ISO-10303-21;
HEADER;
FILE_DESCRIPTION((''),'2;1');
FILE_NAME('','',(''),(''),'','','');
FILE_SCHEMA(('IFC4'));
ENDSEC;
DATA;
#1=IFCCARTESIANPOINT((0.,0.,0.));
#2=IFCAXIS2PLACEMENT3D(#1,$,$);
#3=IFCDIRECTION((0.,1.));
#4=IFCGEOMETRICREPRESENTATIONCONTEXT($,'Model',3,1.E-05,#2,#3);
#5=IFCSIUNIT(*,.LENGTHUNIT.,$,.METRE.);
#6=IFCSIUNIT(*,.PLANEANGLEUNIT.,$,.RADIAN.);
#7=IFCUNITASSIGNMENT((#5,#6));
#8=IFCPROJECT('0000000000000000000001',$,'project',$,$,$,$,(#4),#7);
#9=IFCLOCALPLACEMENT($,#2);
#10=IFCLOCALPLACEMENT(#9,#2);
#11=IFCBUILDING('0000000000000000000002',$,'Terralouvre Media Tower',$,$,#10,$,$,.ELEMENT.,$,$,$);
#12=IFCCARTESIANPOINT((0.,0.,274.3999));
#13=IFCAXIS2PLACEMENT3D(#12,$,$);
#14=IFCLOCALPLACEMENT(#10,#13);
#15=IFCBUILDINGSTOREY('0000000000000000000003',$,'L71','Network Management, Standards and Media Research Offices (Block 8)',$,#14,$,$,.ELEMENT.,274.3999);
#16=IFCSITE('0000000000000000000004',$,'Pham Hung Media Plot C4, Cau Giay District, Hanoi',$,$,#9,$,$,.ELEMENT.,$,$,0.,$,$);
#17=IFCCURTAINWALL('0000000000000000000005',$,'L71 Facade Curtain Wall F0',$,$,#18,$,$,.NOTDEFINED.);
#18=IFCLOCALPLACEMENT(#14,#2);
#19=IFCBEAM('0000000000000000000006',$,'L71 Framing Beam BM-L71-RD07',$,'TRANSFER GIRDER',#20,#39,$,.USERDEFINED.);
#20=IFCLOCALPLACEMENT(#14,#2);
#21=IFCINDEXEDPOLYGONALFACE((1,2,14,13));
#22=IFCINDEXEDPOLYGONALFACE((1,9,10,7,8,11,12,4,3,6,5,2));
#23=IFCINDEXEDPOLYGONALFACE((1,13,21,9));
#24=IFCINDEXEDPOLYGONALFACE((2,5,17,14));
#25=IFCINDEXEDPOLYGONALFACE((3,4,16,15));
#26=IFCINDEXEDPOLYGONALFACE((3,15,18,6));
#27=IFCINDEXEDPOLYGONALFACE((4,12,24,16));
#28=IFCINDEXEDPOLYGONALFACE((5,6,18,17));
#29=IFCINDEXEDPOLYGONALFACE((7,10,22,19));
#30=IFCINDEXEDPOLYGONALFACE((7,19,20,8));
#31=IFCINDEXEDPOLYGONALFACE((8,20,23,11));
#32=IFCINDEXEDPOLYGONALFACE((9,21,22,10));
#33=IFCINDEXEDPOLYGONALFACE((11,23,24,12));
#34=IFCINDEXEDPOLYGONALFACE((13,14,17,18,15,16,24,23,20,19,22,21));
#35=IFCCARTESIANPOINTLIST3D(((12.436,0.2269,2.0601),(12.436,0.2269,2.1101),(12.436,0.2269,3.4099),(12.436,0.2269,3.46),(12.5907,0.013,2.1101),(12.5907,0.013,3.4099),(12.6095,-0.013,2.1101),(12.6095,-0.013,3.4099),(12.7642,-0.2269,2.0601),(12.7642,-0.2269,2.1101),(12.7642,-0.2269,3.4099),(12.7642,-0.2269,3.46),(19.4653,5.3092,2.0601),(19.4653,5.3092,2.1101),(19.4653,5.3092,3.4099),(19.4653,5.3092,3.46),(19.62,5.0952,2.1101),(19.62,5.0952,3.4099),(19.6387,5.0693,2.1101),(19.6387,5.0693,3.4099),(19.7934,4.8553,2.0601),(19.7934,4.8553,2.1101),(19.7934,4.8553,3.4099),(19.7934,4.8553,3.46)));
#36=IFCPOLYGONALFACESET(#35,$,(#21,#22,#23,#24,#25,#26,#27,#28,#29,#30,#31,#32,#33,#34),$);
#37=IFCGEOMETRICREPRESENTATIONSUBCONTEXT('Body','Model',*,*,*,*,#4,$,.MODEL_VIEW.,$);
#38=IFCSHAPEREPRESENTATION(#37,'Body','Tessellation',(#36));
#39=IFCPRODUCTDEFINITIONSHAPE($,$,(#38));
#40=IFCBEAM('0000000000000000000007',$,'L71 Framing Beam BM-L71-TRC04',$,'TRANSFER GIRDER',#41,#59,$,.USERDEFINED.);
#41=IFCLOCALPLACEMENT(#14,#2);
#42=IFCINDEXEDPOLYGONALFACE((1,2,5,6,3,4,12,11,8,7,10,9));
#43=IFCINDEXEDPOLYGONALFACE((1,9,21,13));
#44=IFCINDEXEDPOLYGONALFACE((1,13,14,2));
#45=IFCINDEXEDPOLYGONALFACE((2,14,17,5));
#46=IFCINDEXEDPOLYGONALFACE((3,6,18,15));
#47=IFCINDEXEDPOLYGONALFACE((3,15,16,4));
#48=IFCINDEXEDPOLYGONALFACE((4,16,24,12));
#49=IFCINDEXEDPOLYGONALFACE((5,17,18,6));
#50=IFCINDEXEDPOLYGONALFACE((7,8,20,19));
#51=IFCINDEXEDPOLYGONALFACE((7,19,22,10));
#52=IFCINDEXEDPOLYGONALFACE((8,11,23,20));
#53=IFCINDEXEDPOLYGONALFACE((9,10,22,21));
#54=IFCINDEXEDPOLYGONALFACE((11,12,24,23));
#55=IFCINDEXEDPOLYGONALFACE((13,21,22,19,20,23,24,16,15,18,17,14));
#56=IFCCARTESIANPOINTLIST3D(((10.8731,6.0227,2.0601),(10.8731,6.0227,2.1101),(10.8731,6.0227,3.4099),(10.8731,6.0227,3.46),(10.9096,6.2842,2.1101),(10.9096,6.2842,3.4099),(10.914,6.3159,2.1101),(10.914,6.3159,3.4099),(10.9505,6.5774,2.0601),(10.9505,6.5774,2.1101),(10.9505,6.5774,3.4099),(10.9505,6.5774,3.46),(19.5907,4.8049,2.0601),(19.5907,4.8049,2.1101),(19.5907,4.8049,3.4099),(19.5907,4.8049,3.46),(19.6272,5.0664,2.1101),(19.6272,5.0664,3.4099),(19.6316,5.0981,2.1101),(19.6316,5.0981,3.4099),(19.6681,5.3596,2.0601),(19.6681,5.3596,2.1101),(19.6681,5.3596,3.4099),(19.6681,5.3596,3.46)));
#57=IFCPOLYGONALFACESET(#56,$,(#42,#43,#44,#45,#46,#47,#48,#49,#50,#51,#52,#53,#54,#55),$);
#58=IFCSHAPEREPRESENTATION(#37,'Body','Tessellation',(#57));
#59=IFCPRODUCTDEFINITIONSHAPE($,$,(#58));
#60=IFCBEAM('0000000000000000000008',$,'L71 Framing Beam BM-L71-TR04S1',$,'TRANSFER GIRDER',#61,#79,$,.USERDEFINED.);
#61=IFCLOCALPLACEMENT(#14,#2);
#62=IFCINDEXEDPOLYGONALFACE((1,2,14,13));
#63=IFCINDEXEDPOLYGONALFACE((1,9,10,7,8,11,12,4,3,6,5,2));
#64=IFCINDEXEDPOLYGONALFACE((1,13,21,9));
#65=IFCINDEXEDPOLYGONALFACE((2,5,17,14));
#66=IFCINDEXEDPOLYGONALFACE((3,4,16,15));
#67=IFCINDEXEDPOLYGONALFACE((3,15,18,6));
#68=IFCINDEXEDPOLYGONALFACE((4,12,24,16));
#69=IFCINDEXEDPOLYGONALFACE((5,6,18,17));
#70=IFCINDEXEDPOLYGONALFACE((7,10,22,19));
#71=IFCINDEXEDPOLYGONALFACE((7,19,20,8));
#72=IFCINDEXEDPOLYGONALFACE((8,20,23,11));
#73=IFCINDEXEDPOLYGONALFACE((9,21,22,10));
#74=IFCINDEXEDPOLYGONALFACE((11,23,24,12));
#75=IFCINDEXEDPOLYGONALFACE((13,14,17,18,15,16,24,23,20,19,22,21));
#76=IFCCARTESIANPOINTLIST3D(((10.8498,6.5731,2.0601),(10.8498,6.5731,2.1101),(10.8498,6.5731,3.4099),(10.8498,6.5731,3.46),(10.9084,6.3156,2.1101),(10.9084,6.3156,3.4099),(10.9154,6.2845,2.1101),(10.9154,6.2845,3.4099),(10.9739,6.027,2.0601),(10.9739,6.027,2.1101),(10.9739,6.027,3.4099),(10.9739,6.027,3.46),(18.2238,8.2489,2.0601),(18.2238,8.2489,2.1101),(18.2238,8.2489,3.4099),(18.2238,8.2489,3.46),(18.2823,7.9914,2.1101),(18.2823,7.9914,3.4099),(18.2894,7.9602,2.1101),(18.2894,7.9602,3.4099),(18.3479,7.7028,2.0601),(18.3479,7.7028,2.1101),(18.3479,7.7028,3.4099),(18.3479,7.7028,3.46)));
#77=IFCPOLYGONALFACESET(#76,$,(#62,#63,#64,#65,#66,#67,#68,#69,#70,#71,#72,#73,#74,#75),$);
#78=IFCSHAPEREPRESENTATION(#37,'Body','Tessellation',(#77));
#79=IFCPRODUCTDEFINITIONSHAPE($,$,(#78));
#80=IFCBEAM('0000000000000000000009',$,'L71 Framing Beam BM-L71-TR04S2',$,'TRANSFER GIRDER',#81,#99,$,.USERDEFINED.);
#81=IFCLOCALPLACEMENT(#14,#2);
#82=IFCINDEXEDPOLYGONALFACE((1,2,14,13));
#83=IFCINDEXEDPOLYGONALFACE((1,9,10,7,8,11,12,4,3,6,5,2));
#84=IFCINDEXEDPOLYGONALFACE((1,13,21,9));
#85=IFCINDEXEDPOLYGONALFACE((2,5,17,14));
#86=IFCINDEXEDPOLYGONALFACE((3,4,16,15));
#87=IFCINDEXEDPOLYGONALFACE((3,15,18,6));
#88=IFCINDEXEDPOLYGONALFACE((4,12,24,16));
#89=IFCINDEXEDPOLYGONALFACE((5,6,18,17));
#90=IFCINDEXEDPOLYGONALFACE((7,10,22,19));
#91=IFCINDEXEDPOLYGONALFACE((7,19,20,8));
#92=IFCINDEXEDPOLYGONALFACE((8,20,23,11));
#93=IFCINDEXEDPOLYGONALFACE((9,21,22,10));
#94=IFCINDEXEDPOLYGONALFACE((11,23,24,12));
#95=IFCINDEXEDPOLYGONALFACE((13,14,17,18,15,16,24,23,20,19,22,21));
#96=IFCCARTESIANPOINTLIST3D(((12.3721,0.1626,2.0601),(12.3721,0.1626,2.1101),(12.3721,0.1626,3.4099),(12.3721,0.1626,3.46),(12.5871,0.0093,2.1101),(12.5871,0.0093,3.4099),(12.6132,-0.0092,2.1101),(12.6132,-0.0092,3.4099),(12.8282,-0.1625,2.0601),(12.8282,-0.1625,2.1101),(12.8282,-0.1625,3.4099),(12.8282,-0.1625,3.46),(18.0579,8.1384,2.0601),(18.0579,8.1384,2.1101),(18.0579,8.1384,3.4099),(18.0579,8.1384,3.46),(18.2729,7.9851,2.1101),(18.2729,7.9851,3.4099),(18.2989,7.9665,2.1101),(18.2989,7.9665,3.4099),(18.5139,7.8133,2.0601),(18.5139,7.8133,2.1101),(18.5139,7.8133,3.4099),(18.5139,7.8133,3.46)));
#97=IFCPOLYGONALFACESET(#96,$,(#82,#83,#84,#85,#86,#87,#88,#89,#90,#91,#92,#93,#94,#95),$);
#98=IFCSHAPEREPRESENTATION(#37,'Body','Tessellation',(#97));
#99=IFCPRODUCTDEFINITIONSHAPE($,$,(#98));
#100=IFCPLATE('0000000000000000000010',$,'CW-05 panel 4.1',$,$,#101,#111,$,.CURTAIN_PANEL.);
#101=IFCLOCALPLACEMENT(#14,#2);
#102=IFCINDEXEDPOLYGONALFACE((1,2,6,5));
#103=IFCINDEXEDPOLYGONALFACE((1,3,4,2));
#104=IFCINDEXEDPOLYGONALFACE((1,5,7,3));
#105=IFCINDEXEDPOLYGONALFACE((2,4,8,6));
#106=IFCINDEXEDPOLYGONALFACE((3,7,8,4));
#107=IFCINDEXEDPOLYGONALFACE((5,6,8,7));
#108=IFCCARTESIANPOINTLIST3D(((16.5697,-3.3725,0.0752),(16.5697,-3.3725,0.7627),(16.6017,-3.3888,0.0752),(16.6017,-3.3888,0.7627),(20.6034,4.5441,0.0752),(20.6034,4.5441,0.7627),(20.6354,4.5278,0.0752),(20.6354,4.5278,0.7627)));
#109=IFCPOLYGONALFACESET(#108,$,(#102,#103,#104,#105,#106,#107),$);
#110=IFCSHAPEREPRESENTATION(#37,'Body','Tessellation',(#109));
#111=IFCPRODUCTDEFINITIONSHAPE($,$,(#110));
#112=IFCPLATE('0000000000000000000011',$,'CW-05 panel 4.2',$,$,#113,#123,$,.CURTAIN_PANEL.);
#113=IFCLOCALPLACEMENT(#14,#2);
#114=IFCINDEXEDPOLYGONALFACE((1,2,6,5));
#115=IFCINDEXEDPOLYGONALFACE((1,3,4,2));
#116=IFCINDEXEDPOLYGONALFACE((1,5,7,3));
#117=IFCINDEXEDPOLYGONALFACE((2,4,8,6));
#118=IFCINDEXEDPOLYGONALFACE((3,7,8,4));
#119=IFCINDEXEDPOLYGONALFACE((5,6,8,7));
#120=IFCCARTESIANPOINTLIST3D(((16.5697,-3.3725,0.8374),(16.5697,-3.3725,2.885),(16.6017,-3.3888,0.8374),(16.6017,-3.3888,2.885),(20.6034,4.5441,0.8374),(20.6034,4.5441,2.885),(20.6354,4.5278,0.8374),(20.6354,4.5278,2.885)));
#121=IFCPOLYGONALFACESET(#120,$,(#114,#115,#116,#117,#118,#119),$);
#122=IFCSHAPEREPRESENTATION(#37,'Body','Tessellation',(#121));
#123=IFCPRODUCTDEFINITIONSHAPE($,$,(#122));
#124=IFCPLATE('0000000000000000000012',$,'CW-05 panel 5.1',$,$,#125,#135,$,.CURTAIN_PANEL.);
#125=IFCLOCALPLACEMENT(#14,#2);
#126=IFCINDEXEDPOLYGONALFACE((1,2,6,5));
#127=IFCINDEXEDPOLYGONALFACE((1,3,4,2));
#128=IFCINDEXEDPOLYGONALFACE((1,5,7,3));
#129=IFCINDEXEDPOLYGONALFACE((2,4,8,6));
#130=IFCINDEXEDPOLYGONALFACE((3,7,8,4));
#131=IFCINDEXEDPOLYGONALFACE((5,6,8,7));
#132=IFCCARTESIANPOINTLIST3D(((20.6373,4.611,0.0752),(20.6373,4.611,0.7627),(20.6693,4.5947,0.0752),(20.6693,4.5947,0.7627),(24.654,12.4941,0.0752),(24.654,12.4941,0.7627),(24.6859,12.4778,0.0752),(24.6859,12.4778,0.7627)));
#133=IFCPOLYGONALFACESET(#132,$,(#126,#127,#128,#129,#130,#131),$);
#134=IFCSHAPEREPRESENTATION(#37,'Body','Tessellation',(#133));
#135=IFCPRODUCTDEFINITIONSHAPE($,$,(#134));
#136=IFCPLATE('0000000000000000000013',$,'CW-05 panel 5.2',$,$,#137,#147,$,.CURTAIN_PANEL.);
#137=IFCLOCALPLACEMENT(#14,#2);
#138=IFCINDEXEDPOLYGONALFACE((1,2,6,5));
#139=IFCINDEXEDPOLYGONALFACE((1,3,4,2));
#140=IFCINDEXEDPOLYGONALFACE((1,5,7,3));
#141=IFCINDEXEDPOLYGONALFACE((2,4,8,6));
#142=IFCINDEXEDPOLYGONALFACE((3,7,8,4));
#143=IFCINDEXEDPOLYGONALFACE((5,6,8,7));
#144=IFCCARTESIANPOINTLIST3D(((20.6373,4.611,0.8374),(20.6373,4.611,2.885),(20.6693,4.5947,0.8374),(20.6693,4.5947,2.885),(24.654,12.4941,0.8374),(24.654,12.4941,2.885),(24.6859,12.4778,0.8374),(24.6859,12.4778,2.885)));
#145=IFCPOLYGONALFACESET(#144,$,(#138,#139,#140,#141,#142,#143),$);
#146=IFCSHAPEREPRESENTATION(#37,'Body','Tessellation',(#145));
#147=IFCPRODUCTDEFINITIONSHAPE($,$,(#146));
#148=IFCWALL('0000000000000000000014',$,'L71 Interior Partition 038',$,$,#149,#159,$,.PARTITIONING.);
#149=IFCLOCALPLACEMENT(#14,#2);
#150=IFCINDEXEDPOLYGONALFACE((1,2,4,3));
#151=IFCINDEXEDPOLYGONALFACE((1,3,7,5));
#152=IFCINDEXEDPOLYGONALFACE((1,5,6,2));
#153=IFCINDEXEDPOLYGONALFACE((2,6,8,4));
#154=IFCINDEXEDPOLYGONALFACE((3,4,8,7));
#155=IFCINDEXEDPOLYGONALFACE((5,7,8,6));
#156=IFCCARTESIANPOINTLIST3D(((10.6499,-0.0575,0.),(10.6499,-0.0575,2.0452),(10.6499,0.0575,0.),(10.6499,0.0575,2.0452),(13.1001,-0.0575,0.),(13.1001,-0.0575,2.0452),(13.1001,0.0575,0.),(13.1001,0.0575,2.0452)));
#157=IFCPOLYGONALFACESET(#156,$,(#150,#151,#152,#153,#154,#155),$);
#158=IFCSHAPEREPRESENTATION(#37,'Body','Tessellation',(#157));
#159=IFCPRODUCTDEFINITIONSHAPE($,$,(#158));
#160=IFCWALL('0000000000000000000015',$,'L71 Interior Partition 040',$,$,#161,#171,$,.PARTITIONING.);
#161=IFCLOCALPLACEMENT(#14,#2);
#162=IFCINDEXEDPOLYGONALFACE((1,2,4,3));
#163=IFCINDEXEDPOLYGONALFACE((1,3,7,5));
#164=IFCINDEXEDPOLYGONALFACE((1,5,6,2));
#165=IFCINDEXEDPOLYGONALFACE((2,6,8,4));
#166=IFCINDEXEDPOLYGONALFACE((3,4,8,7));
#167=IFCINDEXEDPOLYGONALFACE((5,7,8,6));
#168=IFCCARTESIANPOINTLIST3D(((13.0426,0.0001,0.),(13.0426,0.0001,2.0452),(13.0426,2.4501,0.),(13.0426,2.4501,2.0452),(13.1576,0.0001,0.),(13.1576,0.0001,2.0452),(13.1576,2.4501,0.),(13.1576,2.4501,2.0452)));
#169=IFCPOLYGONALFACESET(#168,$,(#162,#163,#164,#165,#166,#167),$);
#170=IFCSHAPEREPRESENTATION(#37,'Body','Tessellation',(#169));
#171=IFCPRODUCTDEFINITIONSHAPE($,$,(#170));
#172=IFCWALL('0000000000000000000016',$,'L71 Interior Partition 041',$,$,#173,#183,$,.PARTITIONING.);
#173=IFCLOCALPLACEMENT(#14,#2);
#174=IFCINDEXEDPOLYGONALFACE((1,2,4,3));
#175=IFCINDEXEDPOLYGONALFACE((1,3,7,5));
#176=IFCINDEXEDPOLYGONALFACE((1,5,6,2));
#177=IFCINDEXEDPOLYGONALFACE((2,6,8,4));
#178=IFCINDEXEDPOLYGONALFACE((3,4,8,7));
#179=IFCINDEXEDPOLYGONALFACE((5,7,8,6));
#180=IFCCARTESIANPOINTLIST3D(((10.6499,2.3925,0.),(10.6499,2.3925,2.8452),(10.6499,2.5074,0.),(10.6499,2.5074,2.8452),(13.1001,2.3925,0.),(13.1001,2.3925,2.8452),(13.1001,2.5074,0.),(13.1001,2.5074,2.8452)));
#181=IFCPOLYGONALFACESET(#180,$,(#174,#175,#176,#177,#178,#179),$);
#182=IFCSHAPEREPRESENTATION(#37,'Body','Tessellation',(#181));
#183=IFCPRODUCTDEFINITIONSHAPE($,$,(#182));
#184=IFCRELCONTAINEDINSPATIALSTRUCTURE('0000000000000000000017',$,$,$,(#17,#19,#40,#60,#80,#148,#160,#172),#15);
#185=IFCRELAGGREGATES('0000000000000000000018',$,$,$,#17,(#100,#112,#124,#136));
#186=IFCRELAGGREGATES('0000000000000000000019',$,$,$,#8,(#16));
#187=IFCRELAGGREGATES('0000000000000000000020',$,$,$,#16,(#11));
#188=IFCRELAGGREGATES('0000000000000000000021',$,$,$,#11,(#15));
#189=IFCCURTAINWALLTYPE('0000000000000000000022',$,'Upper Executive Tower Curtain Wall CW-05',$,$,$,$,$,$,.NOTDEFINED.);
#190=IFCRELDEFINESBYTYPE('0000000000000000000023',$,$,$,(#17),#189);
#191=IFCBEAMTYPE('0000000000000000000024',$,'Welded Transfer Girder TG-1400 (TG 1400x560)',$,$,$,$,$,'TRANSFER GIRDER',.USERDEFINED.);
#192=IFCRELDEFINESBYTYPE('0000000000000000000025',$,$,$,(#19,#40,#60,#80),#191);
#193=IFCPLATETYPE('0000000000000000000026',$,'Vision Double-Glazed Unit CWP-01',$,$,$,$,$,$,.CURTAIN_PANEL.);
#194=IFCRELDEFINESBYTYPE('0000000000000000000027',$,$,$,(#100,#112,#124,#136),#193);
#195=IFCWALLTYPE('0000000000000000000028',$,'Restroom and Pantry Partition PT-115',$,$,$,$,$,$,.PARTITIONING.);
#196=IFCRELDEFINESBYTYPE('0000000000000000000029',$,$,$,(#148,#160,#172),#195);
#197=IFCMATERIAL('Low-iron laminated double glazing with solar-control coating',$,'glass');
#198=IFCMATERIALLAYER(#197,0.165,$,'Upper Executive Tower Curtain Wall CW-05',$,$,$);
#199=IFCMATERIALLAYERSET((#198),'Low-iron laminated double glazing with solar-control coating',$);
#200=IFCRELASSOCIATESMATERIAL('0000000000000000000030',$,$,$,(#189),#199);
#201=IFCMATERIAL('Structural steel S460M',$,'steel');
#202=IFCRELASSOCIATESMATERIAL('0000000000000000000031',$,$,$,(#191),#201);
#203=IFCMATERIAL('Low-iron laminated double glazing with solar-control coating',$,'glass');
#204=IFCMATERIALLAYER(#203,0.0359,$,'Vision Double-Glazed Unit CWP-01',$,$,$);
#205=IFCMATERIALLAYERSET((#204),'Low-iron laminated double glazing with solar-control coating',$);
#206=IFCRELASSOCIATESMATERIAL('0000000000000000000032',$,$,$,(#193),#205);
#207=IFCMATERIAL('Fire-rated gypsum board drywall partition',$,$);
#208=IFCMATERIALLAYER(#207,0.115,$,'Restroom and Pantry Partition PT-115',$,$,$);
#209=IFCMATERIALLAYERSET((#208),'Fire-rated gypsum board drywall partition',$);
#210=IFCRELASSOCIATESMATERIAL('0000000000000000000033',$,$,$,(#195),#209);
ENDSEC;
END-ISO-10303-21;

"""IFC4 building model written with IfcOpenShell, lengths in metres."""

from ifc_helpers import new_model, si_unit, direction, frame, frame_2d, origin, origin_2d, place, context, subcontext, project, spatial, rectangle, i_section, extrude, material, layer, layer_set, material_profile, profile_set, type_object, element, aggregate, save


model = new_model("IFC4")

# Units and contexts
model_context = context("Model", 3, precision=1e-05, world=origin(), true_north=direction((0.0, 1.0)))
body_context = subcontext(model_context, "Body", "Model", "MODEL_VIEW")
ifc_project = project(units=[si_unit("LENGTHUNIT", "METRE"), si_unit("PLANEANGLEUNIT", "RADIAN")], contexts=[model_context])

# Site, building, storey
site_placement = place(None, origin())
site = spatial("IfcSite", under=ifc_project, at=site_placement, Name="Pham Hung Media Plot C4, Cau Giay District, Hanoi", CompositionType="ELEMENT", RefElevation=0.0)
building_placement = place(site_placement, origin())
building = spatial("IfcBuilding", under=site, at=building_placement, Name="Terralouvre Media Tower", CompositionType="ELEMENT")
storey_placement = place(building_placement, frame((0.0, 0.0, 274.3999)))
storey = spatial("IfcBuildingStorey", under=building, at=storey_placement, Name="L71", Description="Network Management, Standards and Media Research Offices (Block 8)", CompositionType="ELEMENT", Elevation=274.3999)

# Curtain wall
ifc_material_1 = material(Name="Low-iron laminated double glazing with solar-control coating", Category="glass")
ifc_layer_1 = layer(ifc_material_1, 0.165, Name="Upper Executive Tower Curtain Wall CW-05")
ifc_layer_set_1 = layer_set([ifc_layer_1], Name="Low-iron laminated double glazing with solar-control coating")
curtain_wall_type = type_object("IfcCurtainWallType", Name="Upper Executive Tower Curtain Wall CW-05", PredefinedType="NOTDEFINED", material=ifc_layer_set_1)
curtain_wall_placement = place(storey_placement, origin())
curtain_wall = element("IfcCurtainWall", 1, at=curtain_wall_placement, inside=storey, type_object=curtain_wall_type, Name="L71 Facade Curtain Wall F0", PredefinedType="NOTDEFINED")

# Beams
ifc_material_2 = material(Name="Structural steel S460M", Category="steel")
ifc_material_profile_1 = material_profile(ifc_material_2, i_section(OverallWidth=0.5601, OverallDepth=1.3999, WebThickness=0.032, FlangeThickness=0.05, at=origin_2d()), Name="TG 1400x560")
ifc_profile_set_1 = profile_set([ifc_material_profile_1], Name="Structural steel S460M")
beam_type_1 = type_object("IfcBeamType", Name="Welded Transfer Girder TG-1400 (TG 1400x560)", ElementType="TRANSFER GIRDER", PredefinedType="USERDEFINED", material=ifc_profile_set_1)
beam_1_placement = place(storey_placement, frame((12.6001, 0.0, 2.76), z_axis=(0.810375, 0.585912, 0.0), x_axis=(-0.585912, 0.810375, 0.0)))
element("IfcBeam", 2, at=beam_1_placement, inside=storey, type_object=beam_type_1, Name="L71 Framing Beam BM-L71-RD07", ObjectType="TRANSFER GIRDER", PredefinedType="USERDEFINED", context=body_context, shape_type="SweptSolid", body=[
    extrude(i_section(OverallWidth=0.5601, OverallDepth=1.3999, WebThickness=0.032, FlangeThickness=0.05, at=origin_2d()), origin(), (0.0, 0.0, 1.0), 8.6741),
])
beam_2_placement = place(storey_placement, frame((19.6294, 5.0823, 2.76), z_axis=(-0.990384, 0.138349, 0.0), x_axis=(-0.138349, -0.990384, 0.0)))
element("IfcBeam", 3, at=beam_2_placement, inside=storey, type_object=beam_type_1, Name="L71 Framing Beam BM-L71-TRC04", ObjectType="TRANSFER GIRDER", PredefinedType="USERDEFINED", context=body_context, shape_type="SweptSolid", body=[
    extrude(i_section(OverallWidth=0.5601, OverallDepth=1.3999, WebThickness=0.032, FlangeThickness=0.05, at=origin_2d()), origin(), (0.0, 0.0, 1.0), 8.8022),
])
beam_3_placement = place(storey_placement, frame((18.2859, 7.9758, 2.76), z_axis=(-0.975137, -0.221604, 0.0), x_axis=(0.221604, -0.975137, 0.0)))
element("IfcBeam", 4, at=beam_3_placement, inside=storey, type_object=beam_type_1, Name="L71 Framing Beam BM-L71-TR04S1", ObjectType="TRANSFER GIRDER", PredefinedType="USERDEFINED", context=body_context, shape_type="SweptSolid", body=[
    extrude(i_section(OverallWidth=0.5601, OverallDepth=1.3999, WebThickness=0.032, FlangeThickness=0.05, at=origin_2d()), origin(), (0.0, 0.0, 1.0), 7.562),
])
beam_4_placement = place(storey_placement, frame((18.2859, 7.9758, 2.76), z_axis=(-0.580479, -0.814275, 0.0), x_axis=(0.814275, -0.580479, 0.0)))
element("IfcBeam", 5, at=beam_4_placement, inside=storey, type_object=beam_type_1, Name="L71 Framing Beam BM-L71-TR04S2", ObjectType="TRANSFER GIRDER", PredefinedType="USERDEFINED", context=body_context, shape_type="SweptSolid", body=[
    extrude(i_section(OverallWidth=0.5601, OverallDepth=1.3999, WebThickness=0.032, FlangeThickness=0.05, at=origin_2d()), origin(), (0.0, 0.0, 1.0), 9.7949),
])

# Plates
ifc_material_3 = material(Name="Low-iron laminated double glazing with solar-control coating", Category="glass")
ifc_layer_2 = layer(ifc_material_3, 0.0359, Name="Vision Double-Glazed Unit CWP-01")
ifc_layer_set_2 = layer_set([ifc_layer_2], Name="Low-iron laminated double glazing with solar-control coating")
plate_type = type_object("IfcPlateType", Name="Vision Double-Glazed Unit CWP-01", PredefinedType="CURTAIN_PANEL", material=ifc_layer_set_2)
plate_1_placement = place(storey_placement, frame((18.6025, 0.5776, 0.0752), z_axis=(0.0, 0.0, 1.0), x_axis=(0.45399, 0.891007, 0.0)))
plate_1 = element("IfcPlate", 6, at=plate_1_placement, type_object=plate_type, Name="CW-05 panel 4.1", PredefinedType="CURTAIN_PANEL", context=body_context, shape_type="SweptSolid", body=[
    extrude(rectangle(XDim=8.885, YDim=0.0359, at=origin_2d()), origin(), (0.0, 0.0, 1.0), 0.6875),
])
plate_2_placement = place(storey_placement, frame((18.6025, 0.5776, 0.8374), z_axis=(0.0, 0.0, 1.0), x_axis=(0.45399, 0.891007, 0.0)))
plate_2 = element("IfcPlate", 7, at=plate_2_placement, type_object=plate_type, Name="CW-05 panel 4.2", PredefinedType="CURTAIN_PANEL", context=body_context, shape_type="SweptSolid", body=[
    extrude(rectangle(XDim=8.885, YDim=0.0359, at=origin_2d()), origin(), (0.0, 0.0, 1.0), 2.0476),
])
plate_3_placement = place(storey_placement, frame((22.6616, 8.5444, 0.0752), z_axis=(0.0, 0.0, 1.0), x_axis=(0.45399, 0.891007, 0.0)))
plate_3 = element("IfcPlate", 8, at=plate_3_placement, type_object=plate_type, Name="CW-05 panel 5.1", PredefinedType="CURTAIN_PANEL", context=body_context, shape_type="SweptSolid", body=[
    extrude(rectangle(XDim=8.8474, YDim=0.0359, at=origin_2d()), origin(), (0.0, 0.0, 1.0), 0.6875),
])
plate_4_placement = place(storey_placement, frame((22.6616, 8.5444, 0.8374), z_axis=(0.0, 0.0, 1.0), x_axis=(0.45399, 0.891007, 0.0)))
plate_4 = element("IfcPlate", 9, at=plate_4_placement, type_object=plate_type, Name="CW-05 panel 5.2", PredefinedType="CURTAIN_PANEL", context=body_context, shape_type="SweptSolid", body=[
    extrude(rectangle(XDim=8.8474, YDim=0.0359, at=origin_2d()), origin(), (0.0, 0.0, 1.0), 2.0476),
])
aggregate(curtain_wall, [plate_1, plate_2, plate_3, plate_4])

# Walls
ifc_material_4 = material(Name="Fire-rated gypsum board drywall partition")
ifc_layer_3 = layer(ifc_material_4, 0.115, Name="Restroom and Pantry Partition PT-115")
ifc_layer_set_3 = layer_set([ifc_layer_3], Name="Fire-rated gypsum board drywall partition")
wall_type_1 = type_object("IfcWallType", Name="Restroom and Pantry Partition PT-115", PredefinedType="PARTITIONING", material=ifc_layer_set_3)
wall_1_placement = place(storey_placement, frame((13.1001, 0.0, 0.0), z_axis=(0.0, 0.0, 1.0), x_axis=(-1.0, 0.0, 0.0)))
element("IfcWall", 10, at=wall_1_placement, inside=storey, type_object=wall_type_1, Name="L71 Interior Partition 038", PredefinedType="PARTITIONING", context=body_context, shape_type="SweptSolid", body=[
    extrude(rectangle(XDim=2.4502, YDim=0.115, at=frame_2d((1.2251, 0.0))), origin(), (0.0, 0.0, 1.0), 2.0452),
])
wall_2_placement = place(storey_placement, frame((13.1001, 0.0, 0.0), z_axis=(0.0, 0.0, 1.0), x_axis=(0.0, 1.0, 0.0)))
element("IfcWall", 11, at=wall_2_placement, inside=storey, type_object=wall_type_1, Name="L71 Interior Partition 040", PredefinedType="PARTITIONING", context=body_context, shape_type="SweptSolid", body=[
    extrude(rectangle(XDim=2.45, YDim=0.115, at=frame_2d((1.2251, 0.0))), origin(), (0.0, 0.0, 1.0), 2.0452),
])
wall_3_placement = place(storey_placement, frame((13.1001, 2.45, 0.0), z_axis=(0.0, 0.0, 1.0), x_axis=(-1.0, 0.0, 0.0)))
element("IfcWall", 12, at=wall_3_placement, inside=storey, type_object=wall_type_1, Name="L71 Interior Partition 041", PredefinedType="PARTITIONING", context=body_context, shape_type="SweptSolid", body=[
    extrude(rectangle(XDim=2.4502, YDim=0.115, at=frame_2d((1.2251, 0.0))), origin(), (0.0, 0.0, 1.0), 2.8452),
])

save(model, "model.ifc")
